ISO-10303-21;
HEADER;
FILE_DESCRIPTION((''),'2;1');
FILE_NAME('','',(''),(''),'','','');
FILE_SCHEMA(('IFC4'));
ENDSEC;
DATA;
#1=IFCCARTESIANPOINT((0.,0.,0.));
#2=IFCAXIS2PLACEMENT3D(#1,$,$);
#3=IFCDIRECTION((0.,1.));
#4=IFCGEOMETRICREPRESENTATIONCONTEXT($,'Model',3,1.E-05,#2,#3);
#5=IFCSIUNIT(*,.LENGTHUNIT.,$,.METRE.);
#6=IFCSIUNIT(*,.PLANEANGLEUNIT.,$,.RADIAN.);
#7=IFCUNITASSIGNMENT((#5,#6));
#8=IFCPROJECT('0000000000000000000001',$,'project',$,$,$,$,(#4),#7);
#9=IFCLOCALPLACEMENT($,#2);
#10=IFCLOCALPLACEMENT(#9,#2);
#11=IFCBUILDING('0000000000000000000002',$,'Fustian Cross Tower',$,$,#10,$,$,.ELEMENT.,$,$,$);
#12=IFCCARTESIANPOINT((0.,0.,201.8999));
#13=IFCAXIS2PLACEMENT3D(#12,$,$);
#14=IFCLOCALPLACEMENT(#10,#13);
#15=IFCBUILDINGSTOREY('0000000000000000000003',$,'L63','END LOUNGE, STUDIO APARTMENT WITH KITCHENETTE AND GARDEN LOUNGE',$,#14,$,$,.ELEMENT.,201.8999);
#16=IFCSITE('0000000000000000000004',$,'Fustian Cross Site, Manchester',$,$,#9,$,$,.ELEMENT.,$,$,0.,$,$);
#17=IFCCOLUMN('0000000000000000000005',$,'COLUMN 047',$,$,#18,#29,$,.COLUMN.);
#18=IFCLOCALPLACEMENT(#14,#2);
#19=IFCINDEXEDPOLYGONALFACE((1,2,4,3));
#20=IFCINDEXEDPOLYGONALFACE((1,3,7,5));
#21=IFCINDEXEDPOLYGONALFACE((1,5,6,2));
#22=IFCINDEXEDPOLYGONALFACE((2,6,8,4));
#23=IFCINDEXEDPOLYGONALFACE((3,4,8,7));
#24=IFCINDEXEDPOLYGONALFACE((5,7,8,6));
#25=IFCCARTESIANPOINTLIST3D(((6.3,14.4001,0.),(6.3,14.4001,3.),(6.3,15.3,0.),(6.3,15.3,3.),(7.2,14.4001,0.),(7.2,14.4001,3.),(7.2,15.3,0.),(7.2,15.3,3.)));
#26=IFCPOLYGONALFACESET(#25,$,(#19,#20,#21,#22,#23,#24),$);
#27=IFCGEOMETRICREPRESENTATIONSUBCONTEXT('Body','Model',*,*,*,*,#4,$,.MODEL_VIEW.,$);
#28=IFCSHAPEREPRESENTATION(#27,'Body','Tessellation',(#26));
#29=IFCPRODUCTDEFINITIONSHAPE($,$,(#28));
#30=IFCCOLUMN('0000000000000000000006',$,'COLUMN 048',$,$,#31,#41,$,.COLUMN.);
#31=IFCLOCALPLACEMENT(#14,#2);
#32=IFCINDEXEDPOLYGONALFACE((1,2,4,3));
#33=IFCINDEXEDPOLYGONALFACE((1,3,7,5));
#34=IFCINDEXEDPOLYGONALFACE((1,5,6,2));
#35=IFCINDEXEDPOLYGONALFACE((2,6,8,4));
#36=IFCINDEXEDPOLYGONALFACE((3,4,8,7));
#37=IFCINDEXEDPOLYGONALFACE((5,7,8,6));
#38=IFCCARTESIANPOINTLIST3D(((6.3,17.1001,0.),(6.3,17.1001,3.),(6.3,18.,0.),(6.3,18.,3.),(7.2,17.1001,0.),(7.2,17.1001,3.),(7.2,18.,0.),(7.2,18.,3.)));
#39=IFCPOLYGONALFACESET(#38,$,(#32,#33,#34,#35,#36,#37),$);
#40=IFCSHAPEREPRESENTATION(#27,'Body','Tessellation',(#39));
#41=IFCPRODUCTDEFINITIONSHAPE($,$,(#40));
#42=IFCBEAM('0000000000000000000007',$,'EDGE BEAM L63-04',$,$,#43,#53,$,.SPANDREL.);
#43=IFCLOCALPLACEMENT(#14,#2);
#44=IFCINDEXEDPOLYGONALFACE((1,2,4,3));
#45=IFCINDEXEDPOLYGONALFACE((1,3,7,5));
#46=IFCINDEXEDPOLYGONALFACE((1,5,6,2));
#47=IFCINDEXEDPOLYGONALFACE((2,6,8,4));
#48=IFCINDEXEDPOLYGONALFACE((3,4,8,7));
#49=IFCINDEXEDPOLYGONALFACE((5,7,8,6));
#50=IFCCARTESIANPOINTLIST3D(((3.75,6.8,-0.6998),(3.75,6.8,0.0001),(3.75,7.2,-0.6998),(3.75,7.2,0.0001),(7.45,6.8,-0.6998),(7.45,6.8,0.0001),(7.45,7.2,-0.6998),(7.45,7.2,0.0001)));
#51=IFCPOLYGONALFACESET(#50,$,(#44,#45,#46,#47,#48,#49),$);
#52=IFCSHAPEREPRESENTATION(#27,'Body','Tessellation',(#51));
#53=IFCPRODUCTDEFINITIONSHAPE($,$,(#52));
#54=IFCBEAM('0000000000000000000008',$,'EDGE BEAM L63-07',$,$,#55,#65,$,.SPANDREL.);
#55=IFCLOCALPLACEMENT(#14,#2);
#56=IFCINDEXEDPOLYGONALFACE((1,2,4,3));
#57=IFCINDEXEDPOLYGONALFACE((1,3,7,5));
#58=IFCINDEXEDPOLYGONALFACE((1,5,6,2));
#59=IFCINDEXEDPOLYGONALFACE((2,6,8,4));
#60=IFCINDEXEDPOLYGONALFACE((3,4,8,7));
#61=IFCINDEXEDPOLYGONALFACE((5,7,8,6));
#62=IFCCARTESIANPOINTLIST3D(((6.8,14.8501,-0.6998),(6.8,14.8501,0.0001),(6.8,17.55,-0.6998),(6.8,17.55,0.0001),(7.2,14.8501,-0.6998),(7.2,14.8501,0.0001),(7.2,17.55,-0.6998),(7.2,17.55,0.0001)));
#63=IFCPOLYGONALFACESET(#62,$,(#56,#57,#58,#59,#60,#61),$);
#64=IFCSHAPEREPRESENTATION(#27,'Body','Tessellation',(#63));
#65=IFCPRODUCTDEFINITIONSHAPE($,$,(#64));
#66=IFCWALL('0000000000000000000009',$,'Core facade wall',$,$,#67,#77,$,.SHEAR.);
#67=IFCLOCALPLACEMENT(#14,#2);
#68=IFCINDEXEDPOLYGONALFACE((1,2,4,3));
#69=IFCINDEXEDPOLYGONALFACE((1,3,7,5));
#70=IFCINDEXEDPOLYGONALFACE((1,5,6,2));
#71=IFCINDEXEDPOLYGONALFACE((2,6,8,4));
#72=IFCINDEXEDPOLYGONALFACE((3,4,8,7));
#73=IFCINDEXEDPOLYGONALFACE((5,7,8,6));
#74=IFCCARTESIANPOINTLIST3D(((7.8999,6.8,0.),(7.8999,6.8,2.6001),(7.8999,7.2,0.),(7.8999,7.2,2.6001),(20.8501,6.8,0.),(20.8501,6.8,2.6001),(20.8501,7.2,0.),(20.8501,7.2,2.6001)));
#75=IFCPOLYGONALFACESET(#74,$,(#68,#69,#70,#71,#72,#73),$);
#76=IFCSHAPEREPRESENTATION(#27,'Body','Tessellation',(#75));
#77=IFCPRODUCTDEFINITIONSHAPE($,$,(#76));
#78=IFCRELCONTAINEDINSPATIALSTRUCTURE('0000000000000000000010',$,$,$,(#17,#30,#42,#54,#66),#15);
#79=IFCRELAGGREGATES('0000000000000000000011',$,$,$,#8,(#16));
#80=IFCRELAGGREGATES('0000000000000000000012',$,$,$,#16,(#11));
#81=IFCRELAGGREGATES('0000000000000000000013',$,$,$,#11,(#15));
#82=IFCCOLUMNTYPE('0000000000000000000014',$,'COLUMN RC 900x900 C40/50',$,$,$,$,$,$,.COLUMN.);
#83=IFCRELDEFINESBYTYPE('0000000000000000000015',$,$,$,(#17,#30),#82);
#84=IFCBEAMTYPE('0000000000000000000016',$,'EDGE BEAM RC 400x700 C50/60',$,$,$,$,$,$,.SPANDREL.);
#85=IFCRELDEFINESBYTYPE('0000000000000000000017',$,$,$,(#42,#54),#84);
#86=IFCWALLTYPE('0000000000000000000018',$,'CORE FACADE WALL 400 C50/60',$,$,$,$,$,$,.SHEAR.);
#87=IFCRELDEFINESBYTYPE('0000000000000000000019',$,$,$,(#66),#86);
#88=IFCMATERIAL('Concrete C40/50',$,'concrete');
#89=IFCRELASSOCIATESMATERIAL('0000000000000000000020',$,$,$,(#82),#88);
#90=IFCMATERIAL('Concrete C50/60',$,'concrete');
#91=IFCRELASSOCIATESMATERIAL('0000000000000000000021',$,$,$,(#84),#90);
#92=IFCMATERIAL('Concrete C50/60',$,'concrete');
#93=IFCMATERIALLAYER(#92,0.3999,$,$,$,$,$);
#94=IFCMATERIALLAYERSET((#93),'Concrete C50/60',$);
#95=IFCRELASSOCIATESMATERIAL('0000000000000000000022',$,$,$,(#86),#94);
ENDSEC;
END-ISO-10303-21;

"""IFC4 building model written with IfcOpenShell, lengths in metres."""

from ifc_helpers import new_model, si_unit, direction, frame, frame_2d, origin, origin_2d, place, context, subcontext, project, spatial, rectangle, extrude, material, layer, layer_set, material_profile, profile_set, type_object, element, save


model = new_model("IFC4")

# Units and contexts
model_context = context("Model", 3, precision=1e-05, world=origin(), true_north=direction((0.0, 1.0)))
body_context = subcontext(model_context, "Body", "Model", "MODEL_VIEW")
ifc_project = project(units=[si_unit("LENGTHUNIT", "METRE"), si_unit("PLANEANGLEUNIT", "RADIAN")], contexts=[model_context])

# Site, building, storey
site_placement = place(None, origin())
site = spatial("IfcSite", under=ifc_project, at=site_placement, Name="Fustian Cross Site, Manchester", CompositionType="ELEMENT", RefElevation=0.0)
building_placement = place(site_placement, origin())
building = spatial("IfcBuilding", under=site, at=building_placement, Name="Fustian Cross Tower", CompositionType="ELEMENT")
storey_placement = place(building_placement, frame((0.0, 0.0, 201.8999)))
storey = spatial("IfcBuildingStorey", under=building, at=storey_placement, Name="L63", Description="END LOUNGE, STUDIO APARTMENT WITH KITCHENETTE AND GARDEN LOUNGE", CompositionType="ELEMENT", Elevation=201.8999)

# Columns
ifc_material_1 = material(Name="Concrete C40/50", Category="concrete")
ifc_material_profile_1 = material_profile(ifc_material_1, rectangle(XDim=0.8999, YDim=0.8999, at=origin_2d()), Name="RC 900x900")
ifc_profile_set_1 = profile_set([ifc_material_profile_1], Name="Concrete C40/50")
column_type = type_object("IfcColumnType", Name="COLUMN RC 900x900 C40/50", PredefinedType="COLUMN", material=ifc_profile_set_1)
for number, where, z_axis, x_axis, name in (
    (1, (6.75, 14.8501, 0.0), (0.0, 0.0, 1.0), (1.0, 0.0, 0.0), "COLUMN 047"),
    (2, (6.75, 17.55, 0.0), (0.0, 0.0, 1.0), (1.0, 0.0, 0.0), "COLUMN 048"),
):
    element("IfcColumn", number, at=place(storey_placement, frame(where, z_axis=z_axis, x_axis=x_axis)), inside=storey, type_object=column_type, Name=name, PredefinedType="COLUMN", context=body_context, shape_type="SweptSolid", body=[
        extrude(rectangle(XDim=0.8999, YDim=0.8999, at=origin_2d()), origin(), (0.0, 0.0, 1.0), 3.0),
    ])

# Beams
ifc_material_2 = material(Name="Concrete C50/60", Category="concrete")
ifc_material_profile_2 = material_profile(ifc_material_2, rectangle(XDim=0.3999, YDim=0.7, at=origin_2d()), Name="RC 400x700")
ifc_profile_set_2 = profile_set([ifc_material_profile_2], Name="Concrete C50/60")
beam_type = type_object("IfcBeamType", Name="EDGE BEAM RC 400x700 C50/60", PredefinedType="SPANDREL", material=ifc_profile_set_2)
beam_1_placement = place(storey_placement, frame((7.45, 7.0, -0.3499), z_axis=(-1.0, 0.0, 0.0), x_axis=(0.0, -1.0, 0.0)))
element("IfcBeam", 3, at=beam_1_placement, inside=storey, type_object=beam_type, Name="EDGE BEAM L63-04", PredefinedType="SPANDREL", context=body_context, shape_type="SweptSolid", body=[
    extrude(rectangle(XDim=0.3999, YDim=0.7, at=origin_2d()), origin(), (0.0, 0.0, 1.0), 3.7),
])
beam_2_placement = place(storey_placement, frame((7.0, 14.8501, -0.3499), z_axis=(0.0, 1.0, 0.0), x_axis=(-1.0, 0.0, 0.0)))
element("IfcBeam", 4, at=beam_2_placement, inside=storey, type_object=beam_type, Name="EDGE BEAM L63-07", PredefinedType="SPANDREL", context=body_context, shape_type="SweptSolid", body=[
    extrude(rectangle(XDim=0.3999, YDim=0.7, at=origin_2d()), origin(), (0.0, 0.0, 1.0), 2.7),
])

# Wall
ifc_material_3 = material(Name="Concrete C50/60", Category="concrete")
ifc_layer_1 = layer(ifc_material_3, 0.3999)
ifc_layer_set_1 = layer_set([ifc_layer_1], Name="Concrete C50/60")
wall_type_1 = type_object("IfcWallType", Name="CORE FACADE WALL 400 C50/60", PredefinedType="SHEAR", material=ifc_layer_set_1)
wall_1_placement = place(storey_placement, frame((7.8999, 7.0, 0.0), z_axis=(0.0, 0.0, 1.0), x_axis=(1.0, 0.0, 0.0)))
element("IfcWall", 5, at=wall_1_placement, inside=storey, type_object=wall_type_1, Name="Core facade wall", PredefinedType="SHEAR", context=body_context, shape_type="SweptSolid", body=[
    extrude(rectangle(XDim=12.9502, YDim=0.3999, at=frame_2d((6.4751, 0.0))), origin(), (0.0, 0.0, 1.0), 2.6001),
])

save(model, "model.ifc")
